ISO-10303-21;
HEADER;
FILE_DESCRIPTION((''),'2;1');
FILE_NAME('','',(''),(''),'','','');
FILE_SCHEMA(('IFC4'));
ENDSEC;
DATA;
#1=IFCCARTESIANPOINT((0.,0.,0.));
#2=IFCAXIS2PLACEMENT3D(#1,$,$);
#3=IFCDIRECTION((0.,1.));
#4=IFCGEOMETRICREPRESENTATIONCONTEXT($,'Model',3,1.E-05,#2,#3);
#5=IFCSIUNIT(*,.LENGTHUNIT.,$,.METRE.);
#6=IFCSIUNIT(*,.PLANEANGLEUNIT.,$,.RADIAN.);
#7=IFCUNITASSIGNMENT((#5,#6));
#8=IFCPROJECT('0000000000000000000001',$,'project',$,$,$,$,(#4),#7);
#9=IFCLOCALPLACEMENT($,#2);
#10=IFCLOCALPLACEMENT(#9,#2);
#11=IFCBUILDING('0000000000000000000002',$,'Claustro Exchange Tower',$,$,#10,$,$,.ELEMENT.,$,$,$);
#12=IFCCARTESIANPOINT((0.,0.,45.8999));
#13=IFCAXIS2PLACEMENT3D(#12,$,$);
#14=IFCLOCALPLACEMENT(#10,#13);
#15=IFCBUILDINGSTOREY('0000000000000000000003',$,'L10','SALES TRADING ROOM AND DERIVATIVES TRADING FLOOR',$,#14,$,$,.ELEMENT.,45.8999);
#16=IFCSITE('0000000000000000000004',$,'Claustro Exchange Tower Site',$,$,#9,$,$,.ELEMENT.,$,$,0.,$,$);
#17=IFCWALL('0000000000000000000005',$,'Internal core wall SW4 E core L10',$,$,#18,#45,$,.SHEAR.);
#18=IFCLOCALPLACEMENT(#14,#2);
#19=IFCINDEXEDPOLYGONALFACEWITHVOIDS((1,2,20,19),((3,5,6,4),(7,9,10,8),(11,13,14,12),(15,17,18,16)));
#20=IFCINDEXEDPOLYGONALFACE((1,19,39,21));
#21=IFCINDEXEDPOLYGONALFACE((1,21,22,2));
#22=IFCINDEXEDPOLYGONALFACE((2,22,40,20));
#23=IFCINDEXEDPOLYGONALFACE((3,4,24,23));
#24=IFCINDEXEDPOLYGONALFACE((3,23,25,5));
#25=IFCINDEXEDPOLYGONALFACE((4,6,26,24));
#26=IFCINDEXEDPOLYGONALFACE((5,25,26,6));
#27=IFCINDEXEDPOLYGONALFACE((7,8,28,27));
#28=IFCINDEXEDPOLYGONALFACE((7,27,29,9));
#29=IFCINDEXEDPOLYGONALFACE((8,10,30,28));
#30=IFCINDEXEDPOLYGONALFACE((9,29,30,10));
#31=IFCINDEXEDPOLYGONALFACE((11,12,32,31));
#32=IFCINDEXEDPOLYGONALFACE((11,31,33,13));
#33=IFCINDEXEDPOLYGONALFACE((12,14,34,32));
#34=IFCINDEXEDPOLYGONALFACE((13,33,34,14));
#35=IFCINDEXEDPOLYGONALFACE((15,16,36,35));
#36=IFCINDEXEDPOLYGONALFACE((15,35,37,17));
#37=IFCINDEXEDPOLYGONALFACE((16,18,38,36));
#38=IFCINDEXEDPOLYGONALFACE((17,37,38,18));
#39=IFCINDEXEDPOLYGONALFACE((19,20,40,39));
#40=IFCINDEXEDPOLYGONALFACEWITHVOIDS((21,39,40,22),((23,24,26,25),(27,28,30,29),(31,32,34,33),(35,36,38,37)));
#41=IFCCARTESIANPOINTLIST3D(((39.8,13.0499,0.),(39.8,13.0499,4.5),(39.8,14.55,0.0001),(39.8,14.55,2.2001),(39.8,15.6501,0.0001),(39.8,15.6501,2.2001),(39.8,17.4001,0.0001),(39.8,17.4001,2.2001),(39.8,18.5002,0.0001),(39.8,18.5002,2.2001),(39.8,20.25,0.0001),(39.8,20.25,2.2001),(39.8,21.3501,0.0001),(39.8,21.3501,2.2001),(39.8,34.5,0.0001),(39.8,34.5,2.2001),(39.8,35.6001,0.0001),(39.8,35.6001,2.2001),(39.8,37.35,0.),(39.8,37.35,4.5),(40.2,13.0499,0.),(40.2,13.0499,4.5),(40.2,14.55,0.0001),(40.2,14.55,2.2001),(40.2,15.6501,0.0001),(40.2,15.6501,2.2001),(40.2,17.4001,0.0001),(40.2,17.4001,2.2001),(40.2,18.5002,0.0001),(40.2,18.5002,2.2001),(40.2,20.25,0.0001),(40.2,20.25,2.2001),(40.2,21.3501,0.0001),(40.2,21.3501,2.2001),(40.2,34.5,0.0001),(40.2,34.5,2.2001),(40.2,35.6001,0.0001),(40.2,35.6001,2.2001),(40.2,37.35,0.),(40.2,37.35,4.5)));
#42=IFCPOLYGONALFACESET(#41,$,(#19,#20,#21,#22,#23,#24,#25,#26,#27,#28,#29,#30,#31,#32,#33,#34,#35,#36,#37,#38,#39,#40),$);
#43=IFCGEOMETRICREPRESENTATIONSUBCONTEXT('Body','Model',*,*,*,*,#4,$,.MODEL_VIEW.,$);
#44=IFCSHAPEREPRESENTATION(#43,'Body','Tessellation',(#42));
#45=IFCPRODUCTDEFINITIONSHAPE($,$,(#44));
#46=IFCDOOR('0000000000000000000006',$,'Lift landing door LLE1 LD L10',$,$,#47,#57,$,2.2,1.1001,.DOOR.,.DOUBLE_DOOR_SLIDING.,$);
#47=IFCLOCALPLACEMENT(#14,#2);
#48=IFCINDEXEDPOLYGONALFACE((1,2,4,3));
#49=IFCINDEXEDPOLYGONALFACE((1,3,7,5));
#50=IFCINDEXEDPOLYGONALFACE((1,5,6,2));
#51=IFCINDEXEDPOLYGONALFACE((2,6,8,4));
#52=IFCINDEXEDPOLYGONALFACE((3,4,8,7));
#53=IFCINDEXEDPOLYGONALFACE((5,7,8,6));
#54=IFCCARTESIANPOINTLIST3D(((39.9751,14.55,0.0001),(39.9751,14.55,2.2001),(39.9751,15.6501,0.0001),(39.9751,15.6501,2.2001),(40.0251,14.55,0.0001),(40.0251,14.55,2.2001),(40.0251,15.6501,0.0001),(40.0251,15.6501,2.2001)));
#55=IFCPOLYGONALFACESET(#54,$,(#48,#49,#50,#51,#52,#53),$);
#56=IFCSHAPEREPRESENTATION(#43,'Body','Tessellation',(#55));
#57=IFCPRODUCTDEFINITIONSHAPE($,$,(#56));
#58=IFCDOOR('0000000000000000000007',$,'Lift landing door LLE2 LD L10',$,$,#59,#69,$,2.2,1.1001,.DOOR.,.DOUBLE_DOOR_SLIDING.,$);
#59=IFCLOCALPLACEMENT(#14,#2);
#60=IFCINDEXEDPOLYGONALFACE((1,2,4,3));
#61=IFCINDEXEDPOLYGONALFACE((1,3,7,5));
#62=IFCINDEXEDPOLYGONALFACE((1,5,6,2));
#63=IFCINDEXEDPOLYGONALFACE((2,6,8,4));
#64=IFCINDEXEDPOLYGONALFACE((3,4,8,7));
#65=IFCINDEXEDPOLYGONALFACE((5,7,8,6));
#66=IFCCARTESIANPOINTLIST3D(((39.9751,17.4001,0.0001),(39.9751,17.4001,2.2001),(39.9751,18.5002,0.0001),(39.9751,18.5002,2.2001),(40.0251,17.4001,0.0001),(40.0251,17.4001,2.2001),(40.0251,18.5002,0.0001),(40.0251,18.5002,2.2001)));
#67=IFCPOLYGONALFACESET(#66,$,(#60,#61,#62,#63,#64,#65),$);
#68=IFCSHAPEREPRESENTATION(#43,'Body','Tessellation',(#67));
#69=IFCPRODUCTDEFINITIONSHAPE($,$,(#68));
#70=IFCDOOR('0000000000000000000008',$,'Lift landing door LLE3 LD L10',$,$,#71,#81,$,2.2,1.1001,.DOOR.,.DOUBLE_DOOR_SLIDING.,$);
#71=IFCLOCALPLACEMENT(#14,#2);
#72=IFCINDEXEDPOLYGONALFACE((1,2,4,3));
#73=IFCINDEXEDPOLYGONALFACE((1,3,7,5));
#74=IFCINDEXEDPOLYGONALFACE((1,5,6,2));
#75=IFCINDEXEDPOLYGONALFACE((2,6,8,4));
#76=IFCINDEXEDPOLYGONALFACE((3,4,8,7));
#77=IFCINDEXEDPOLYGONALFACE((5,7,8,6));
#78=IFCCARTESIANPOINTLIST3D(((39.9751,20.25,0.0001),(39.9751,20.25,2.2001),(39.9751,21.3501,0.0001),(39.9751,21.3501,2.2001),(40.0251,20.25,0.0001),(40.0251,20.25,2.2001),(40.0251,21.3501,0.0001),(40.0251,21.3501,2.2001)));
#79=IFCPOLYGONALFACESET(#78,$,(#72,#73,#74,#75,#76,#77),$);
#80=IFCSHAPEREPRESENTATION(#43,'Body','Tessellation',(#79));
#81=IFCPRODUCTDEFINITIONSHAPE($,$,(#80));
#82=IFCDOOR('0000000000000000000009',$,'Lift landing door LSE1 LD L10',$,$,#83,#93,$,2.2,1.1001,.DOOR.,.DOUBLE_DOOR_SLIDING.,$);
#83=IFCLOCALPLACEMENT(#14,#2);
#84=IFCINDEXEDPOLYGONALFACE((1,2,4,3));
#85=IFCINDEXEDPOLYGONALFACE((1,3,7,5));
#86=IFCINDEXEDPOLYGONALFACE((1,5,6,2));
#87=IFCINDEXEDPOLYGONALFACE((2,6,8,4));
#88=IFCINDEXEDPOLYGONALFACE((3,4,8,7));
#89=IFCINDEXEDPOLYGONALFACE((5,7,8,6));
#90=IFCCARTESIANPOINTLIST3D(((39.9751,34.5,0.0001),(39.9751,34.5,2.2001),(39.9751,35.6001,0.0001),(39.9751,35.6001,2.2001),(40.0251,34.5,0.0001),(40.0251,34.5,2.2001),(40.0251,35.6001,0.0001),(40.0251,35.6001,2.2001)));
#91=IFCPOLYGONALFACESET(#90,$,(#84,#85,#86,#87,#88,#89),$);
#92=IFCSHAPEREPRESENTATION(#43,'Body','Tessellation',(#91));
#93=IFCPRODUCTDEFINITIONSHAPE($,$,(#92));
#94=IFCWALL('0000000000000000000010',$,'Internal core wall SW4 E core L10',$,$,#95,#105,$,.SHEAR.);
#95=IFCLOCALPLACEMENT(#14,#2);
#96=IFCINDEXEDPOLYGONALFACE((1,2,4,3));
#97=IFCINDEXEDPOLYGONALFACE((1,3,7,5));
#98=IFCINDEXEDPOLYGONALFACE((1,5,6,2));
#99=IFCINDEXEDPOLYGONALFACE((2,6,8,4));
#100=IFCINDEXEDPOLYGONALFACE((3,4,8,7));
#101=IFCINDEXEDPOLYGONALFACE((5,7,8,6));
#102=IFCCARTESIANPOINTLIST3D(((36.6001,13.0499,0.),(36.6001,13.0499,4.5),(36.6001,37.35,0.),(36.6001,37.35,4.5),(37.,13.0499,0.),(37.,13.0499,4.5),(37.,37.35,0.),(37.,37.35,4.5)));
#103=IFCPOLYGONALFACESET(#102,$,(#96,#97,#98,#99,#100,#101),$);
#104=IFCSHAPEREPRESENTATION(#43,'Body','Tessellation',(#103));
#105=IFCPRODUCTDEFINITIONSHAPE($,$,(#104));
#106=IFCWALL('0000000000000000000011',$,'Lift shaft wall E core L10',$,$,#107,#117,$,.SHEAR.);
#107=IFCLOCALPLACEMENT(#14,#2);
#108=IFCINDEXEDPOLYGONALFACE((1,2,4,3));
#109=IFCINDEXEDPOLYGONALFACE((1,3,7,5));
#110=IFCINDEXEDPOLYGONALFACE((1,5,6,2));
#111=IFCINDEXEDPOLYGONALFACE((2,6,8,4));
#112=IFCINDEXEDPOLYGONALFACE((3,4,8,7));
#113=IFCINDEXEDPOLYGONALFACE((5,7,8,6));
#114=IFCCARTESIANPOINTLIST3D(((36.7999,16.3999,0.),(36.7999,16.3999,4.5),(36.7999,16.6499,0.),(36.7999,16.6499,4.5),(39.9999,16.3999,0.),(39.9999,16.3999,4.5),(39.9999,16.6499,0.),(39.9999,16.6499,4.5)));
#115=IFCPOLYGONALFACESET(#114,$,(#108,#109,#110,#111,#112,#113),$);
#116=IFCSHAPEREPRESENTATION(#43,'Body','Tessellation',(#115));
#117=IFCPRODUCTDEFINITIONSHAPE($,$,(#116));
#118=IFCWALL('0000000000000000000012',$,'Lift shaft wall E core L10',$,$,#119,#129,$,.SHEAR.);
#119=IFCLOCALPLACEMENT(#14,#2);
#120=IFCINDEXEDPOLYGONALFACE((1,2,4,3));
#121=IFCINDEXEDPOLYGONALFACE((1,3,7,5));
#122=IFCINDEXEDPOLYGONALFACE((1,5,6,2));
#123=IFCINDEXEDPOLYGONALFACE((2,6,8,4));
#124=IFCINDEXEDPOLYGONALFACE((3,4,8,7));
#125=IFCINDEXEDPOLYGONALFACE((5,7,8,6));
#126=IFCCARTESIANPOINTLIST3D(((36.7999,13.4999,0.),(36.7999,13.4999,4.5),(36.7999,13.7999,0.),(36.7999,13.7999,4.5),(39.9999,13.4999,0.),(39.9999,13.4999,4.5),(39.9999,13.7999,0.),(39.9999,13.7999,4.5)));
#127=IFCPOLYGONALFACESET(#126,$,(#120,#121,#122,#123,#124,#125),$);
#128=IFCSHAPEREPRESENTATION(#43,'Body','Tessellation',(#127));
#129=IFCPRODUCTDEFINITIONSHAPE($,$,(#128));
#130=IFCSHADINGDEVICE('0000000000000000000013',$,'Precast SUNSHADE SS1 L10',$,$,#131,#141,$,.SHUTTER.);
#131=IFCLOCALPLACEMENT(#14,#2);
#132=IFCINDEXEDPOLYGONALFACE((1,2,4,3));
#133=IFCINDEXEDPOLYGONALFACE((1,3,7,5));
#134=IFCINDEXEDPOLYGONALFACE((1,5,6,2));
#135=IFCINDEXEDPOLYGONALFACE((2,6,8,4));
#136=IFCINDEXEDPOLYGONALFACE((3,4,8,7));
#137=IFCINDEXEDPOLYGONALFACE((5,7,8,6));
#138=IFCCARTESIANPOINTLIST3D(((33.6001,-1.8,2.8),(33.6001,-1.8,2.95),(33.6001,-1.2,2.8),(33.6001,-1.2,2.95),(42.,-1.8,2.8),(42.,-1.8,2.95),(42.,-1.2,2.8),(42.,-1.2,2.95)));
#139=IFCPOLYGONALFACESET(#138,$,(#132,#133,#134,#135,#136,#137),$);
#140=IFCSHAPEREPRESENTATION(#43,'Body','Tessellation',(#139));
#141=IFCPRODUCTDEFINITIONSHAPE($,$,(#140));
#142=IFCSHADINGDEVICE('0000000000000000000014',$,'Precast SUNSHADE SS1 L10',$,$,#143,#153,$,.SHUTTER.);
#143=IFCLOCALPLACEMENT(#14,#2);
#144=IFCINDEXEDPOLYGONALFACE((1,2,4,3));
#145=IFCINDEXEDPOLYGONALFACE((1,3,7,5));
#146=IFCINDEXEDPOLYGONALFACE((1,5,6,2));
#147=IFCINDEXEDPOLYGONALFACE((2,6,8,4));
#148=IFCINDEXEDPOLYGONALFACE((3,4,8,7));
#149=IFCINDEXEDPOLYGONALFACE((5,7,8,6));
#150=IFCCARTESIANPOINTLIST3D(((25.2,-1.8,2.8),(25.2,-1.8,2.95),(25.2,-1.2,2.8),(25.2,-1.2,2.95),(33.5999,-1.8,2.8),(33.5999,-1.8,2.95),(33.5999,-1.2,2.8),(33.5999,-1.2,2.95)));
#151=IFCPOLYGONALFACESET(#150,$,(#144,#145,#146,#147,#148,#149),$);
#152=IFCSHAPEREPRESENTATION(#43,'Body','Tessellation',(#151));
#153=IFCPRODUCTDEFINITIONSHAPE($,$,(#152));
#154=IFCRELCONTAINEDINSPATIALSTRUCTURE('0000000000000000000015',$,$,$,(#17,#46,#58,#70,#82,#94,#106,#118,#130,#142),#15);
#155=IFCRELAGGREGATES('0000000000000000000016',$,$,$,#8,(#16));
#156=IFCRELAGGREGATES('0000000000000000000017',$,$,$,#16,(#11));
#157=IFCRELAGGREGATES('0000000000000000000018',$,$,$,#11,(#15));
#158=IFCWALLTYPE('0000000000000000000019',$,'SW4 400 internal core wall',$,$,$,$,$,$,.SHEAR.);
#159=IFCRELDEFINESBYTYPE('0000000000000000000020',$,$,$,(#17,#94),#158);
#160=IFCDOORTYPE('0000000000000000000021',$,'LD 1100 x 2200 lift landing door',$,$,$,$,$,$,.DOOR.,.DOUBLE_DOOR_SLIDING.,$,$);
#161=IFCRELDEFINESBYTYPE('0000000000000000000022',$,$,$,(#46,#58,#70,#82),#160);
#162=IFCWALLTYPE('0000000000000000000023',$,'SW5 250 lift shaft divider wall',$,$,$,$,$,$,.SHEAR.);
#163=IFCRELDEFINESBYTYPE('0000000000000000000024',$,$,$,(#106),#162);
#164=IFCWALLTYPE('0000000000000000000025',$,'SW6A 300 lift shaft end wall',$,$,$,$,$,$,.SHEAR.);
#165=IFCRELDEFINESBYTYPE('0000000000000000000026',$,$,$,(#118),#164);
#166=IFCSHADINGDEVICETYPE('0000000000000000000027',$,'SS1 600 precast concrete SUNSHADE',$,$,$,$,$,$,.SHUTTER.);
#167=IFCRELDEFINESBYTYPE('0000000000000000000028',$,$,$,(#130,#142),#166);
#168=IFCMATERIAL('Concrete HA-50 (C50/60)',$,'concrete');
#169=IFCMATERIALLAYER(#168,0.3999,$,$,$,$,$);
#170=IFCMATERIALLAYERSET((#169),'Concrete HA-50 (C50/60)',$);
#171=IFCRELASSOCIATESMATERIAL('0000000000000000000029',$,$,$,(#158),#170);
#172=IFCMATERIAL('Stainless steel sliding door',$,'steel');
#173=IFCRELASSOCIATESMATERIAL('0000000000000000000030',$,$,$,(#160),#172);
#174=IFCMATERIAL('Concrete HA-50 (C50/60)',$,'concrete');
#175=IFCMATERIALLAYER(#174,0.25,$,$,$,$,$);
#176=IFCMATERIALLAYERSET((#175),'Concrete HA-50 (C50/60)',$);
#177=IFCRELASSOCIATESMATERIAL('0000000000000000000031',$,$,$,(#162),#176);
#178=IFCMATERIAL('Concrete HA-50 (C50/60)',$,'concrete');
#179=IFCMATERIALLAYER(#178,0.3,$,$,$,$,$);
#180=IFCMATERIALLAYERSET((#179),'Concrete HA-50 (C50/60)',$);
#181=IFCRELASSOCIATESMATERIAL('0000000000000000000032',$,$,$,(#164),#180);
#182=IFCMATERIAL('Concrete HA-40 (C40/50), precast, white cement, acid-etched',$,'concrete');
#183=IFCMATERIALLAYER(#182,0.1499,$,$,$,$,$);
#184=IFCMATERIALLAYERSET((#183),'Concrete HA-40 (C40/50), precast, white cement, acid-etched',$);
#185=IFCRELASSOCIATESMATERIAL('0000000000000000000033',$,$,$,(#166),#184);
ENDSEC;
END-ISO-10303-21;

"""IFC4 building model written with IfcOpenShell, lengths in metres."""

from ifc_helpers import new_model, si_unit, direction, frame, frame_2d, origin, origin_2d, place, context, subcontext, project, spatial, rectangle, extrude, material, layer, layer_set, type_object, element, fill, save


model = new_model("IFC4")

# Units and contexts
model_context = context("Model", 3, precision=1e-05, world=origin(), true_north=direction((0.0, 1.0)))
body_context = subcontext(model_context, "Body", "Model", "MODEL_VIEW")
ifc_project = project(units=[si_unit("LENGTHUNIT", "METRE"), si_unit("PLANEANGLEUNIT", "RADIAN")], contexts=[model_context])

# Site, building, storey
site_placement = place(None, origin())
site = spatial("IfcSite", under=ifc_project, at=site_placement, Name="Claustro Exchange Tower Site", CompositionType="ELEMENT", RefElevation=0.0)
building_placement = place(site_placement, origin())
building = spatial("IfcBuilding", under=site, at=building_placement, Name="Claustro Exchange Tower", CompositionType="ELEMENT")
storey_placement = place(building_placement, frame((0.0, 0.0, 45.8999)))
storey = spatial("IfcBuildingStorey", under=building, at=storey_placement, Name="L10", Description="SALES TRADING ROOM AND DERIVATIVES TRADING FLOOR", CompositionType="ELEMENT", Elevation=45.8999)

# Wall, openings, doors
ifc_material_1 = material(Name="Concrete HA-50 (C50/60)", Category="concrete")
ifc_layer_1 = layer(ifc_material_1, 0.3999)
ifc_layer_set_1 = layer_set([ifc_layer_1], Name="Concrete HA-50 (C50/60)")
wall_type_1 = type_object("IfcWallType", Name="SW4 400 internal core wall", PredefinedType="SHEAR", material=ifc_layer_set_1)
wall_1_placement = place(storey_placement, frame((40.0, 13.05, 0.0), z_axis=(0.0, 0.0, 1.0), x_axis=(0.0, 1.0, 0.0)))
wall_1 = element("IfcWall", 1, at=wall_1_placement, inside=storey, type_object=wall_type_1, Name="Internal core wall SW4 E core L10", PredefinedType="SHEAR", context=body_context, shape_type="SweptSolid", body=[
    extrude(rectangle(XDim=24.3, YDim=0.3999, at=frame_2d((12.1499, 0.0))), origin(), (0.0, 0.0, 1.0), 4.5),
])
opening_1_placement = place(wall_1_placement, frame((1.5, 0.0, 0.0)))
opening_1 = element("IfcOpeningElement", 2, at=opening_1_placement, cuts=wall_1, PredefinedType="OPENING", context=body_context, shape_type="SweptSolid", body=[
    extrude(rectangle(XDim=1.1001, YDim=2.2, at=frame_2d((0.55, 1.1001))), frame((0.0, 0.21, 0.0), z_axis=(0.0, -1.0, 0.0), x_axis=(1.0, 0.0, 0.0)), (0.0, 0.0, 1.0), 0.4199),
])
opening_2_placement = place(wall_1_placement, frame((4.3501, 0.0, 0.0)))
opening_2 = element("IfcOpeningElement", 3, at=opening_2_placement, cuts=wall_1, PredefinedType="OPENING", context=body_context, shape_type="SweptSolid", body=[
    extrude(rectangle(XDim=1.1001, YDim=2.2, at=frame_2d((0.55, 1.1001))), frame((0.0, 0.21, 0.0), z_axis=(0.0, -1.0, 0.0), x_axis=(1.0, 0.0, 0.0)), (0.0, 0.0, 1.0), 0.4199),
])
opening_3_placement = place(wall_1_placement, frame((7.2, 0.0, 0.0)))
opening_3 = element("IfcOpeningElement", 4, at=opening_3_placement, cuts=wall_1, PredefinedType="OPENING", context=body_context, shape_type="SweptSolid", body=[
    extrude(rectangle(XDim=1.1001, YDim=2.2, at=frame_2d((0.55, 1.1001))), frame((0.0, 0.21, 0.0), z_axis=(0.0, -1.0, 0.0), x_axis=(1.0, 0.0, 0.0)), (0.0, 0.0, 1.0), 0.4199),
])
opening_4_placement = place(wall_1_placement, frame((21.45, 0.0, 0.0)))
opening_4 = element("IfcOpeningElement", 5, at=opening_4_placement, cuts=wall_1, PredefinedType="OPENING", context=body_context, shape_type="SweptSolid", body=[
    extrude(rectangle(XDim=1.1001, YDim=2.2, at=frame_2d((0.55, 1.1001))), frame((0.0, 0.21, 0.0), z_axis=(0.0, -1.0, 0.0), x_axis=(1.0, 0.0, 0.0)), (0.0, 0.0, 1.0), 0.4199),
])
ifc_material_2 = material(Name="Stainless steel sliding door", Category="steel")
door_type_1 = type_object("IfcDoorType", Name="LD 1100 x 2200 lift landing door", OperationType="DOUBLE_DOOR_SLIDING", PredefinedType="DOOR", material=ifc_material_2)
door_1_placement = place(opening_1_placement, origin())
door_1 = element("IfcDoor", 6, at=door_1_placement, inside=storey, type_object=door_type_1, Name="Lift landing door LLE1 LD L10", OperationType="DOUBLE_DOOR_SLIDING", OverallHeight=2.2, OverallWidth=1.1001, PredefinedType="DOOR", context=body_context, shape_type="SweptSolid", body=[
    extrude(rectangle(XDim=1.1001, YDim=2.2, at=frame_2d((0.55, 1.1001))), frame((0.0, 0.0249, 0.0), z_axis=(0.0, -1.0, 0.0), x_axis=(1.0, 0.0, 0.0)), (0.0, 0.0, 1.0), 0.05),
])
fill(opening_1, door_1)
door_2_placement = place(opening_2_placement, origin())
door_2 = element("IfcDoor", 7, at=door_2_placement, inside=storey, type_object=door_type_1, Name="Lift landing door LLE2 LD L10", OperationType="DOUBLE_DOOR_SLIDING", OverallHeight=2.2, OverallWidth=1.1001, PredefinedType="DOOR", context=body_context, shape_type="SweptSolid", body=[
    extrude(rectangle(XDim=1.1001, YDim=2.2, at=frame_2d((0.55, 1.1001))), frame((0.0, 0.0249, 0.0), z_axis=(0.0, -1.0, 0.0), x_axis=(1.0, 0.0, 0.0)), (0.0, 0.0, 1.0), 0.05),
])
fill(opening_2, door_2)
door_3_placement = place(opening_3_placement, origin())
door_3 = element("IfcDoor", 8, at=door_3_placement, inside=storey, type_object=door_type_1, Name="Lift landing door LLE3 LD L10", OperationType="DOUBLE_DOOR_SLIDING", OverallHeight=2.2, OverallWidth=1.1001, PredefinedType="DOOR", context=body_context, shape_type="SweptSolid", body=[
    extrude(rectangle(XDim=1.1001, YDim=2.2, at=frame_2d((0.55, 1.1001))), frame((0.0, 0.0249, 0.0), z_axis=(0.0, -1.0, 0.0), x_axis=(1.0, 0.0, 0.0)), (0.0, 0.0, 1.0), 0.05),
])
fill(opening_3, door_3)
door_4_placement = place(opening_4_placement, origin())
door_4 = element("IfcDoor", 9, at=door_4_placement, inside=storey, type_object=door_type_1, Name="Lift landing door LSE1 LD L10", OperationType="DOUBLE_DOOR_SLIDING", OverallHeight=2.2, OverallWidth=1.1001, PredefinedType="DOOR", context=body_context, shape_type="SweptSolid", body=[
    extrude(rectangle(XDim=1.1001, YDim=2.2, at=frame_2d((0.55, 1.1001))), frame((0.0, 0.0249, 0.0), z_axis=(0.0, -1.0, 0.0), x_axis=(1.0, 0.0, 0.0)), (0.0, 0.0, 1.0), 0.05),
])
fill(opening_4, door_4)

# Walls
wall_2_placement = place(storey_placement, frame((36.8, 13.05, 0.0), z_axis=(0.0, 0.0, 1.0), x_axis=(0.0, 1.0, 0.0)))
element("IfcWall", 10, at=wall_2_placement, inside=storey, type_object=wall_type_1, Name="Internal core wall SW4 E core L10", PredefinedType="SHEAR", context=body_context, shape_type="SweptSolid", body=[
    extrude(rectangle(XDim=24.3, YDim=0.3999, at=frame_2d((12.1499, 0.0))), origin(), (0.0, 0.0, 1.0), 4.5),
])
ifc_material_3 = material(Name="Concrete HA-50 (C50/60)", Category="concrete")
ifc_layer_2 = layer(ifc_material_3, 0.25)
ifc_layer_set_2 = layer_set([ifc_layer_2], Name="Concrete HA-50 (C50/60)")
wall_type_2 = type_object("IfcWallType", Name="SW5 250 lift shaft divider wall", PredefinedType="SHEAR", material=ifc_layer_set_2)
wall_3_placement = place(storey_placement, frame((40.0, 16.5249, 0.0), z_axis=(0.0, 0.0, 1.0), x_axis=(-1.0, 0.0, 0.0)))
element("IfcWall", 11, at=wall_3_placement, inside=storey, type_object=wall_type_2, Name="Lift shaft wall E core L10", PredefinedType="SHEAR", context=body_context, shape_type="SweptSolid", body=[
    extrude(rectangle(XDim=3.2, YDim=0.25, at=frame_2d((1.6001, 0.0))), origin(), (0.0, 0.0, 1.0), 4.5),
])
ifc_material_4 = material(Name="Concrete HA-50 (C50/60)", Category="concrete")
ifc_layer_3 = layer(ifc_material_4, 0.3)
ifc_layer_set_3 = layer_set([ifc_layer_3], Name="Concrete HA-50 (C50/60)")
wall_type_3 = type_object("IfcWallType", Name="SW6A 300 lift shaft end wall", PredefinedType="SHEAR", material=ifc_layer_set_3)
wall_4_placement = place(storey_placement, frame((40.0, 13.6499, 0.0), z_axis=(0.0, 0.0, 1.0), x_axis=(-1.0, 0.0, 0.0)))
element("IfcWall", 12, at=wall_4_placement, inside=storey, type_object=wall_type_3, Name="Lift shaft wall E core L10", PredefinedType="SHEAR", context=body_context, shape_type="SweptSolid", body=[
    extrude(rectangle(XDim=3.2, YDim=0.3, at=frame_2d((1.6001, 0.0))), origin(), (0.0, 0.0, 1.0), 4.5),
])

# Shading devices
ifc_material_5 = material(Name="Concrete HA-40 (C40/50), precast, white cement, acid-etched", Category="concrete")
ifc_layer_4 = layer(ifc_material_5, 0.1499)
ifc_layer_set_4 = layer_set([ifc_layer_4], Name="Concrete HA-40 (C40/50), precast, white cement, acid-etched")
shading_device_type = type_object("IfcShadingDeviceType", Name="SS1 600 precast concrete SUNSHADE", PredefinedType="SHUTTER", material=ifc_layer_set_4)
for number, where, z_axis, x_axis, name in (
    (13, (37.8, -1.5, 2.8), (0.0, 0.0, 1.0), (-1.0, 0.0, 0.0), "Precast SUNSHADE SS1 L10"),
    (14, (29.3999, -1.5, 2.8), (0.0, 0.0, 1.0), (-1.0, 0.0, 0.0), "Precast SUNSHADE SS1 L10"),
):
    element("IfcShadingDevice", number, at=place(storey_placement, frame(where, z_axis=z_axis, x_axis=x_axis)), inside=storey, type_object=shading_device_type, Name=name, PredefinedType="SHUTTER", context=body_context, shape_type="SweptSolid", body=[
        extrude(rectangle(XDim=8.3999, YDim=0.6001, at=origin_2d()), origin(), (0.0, 0.0, 1.0), 0.1499),
    ])

save(model, "model.ifc")
